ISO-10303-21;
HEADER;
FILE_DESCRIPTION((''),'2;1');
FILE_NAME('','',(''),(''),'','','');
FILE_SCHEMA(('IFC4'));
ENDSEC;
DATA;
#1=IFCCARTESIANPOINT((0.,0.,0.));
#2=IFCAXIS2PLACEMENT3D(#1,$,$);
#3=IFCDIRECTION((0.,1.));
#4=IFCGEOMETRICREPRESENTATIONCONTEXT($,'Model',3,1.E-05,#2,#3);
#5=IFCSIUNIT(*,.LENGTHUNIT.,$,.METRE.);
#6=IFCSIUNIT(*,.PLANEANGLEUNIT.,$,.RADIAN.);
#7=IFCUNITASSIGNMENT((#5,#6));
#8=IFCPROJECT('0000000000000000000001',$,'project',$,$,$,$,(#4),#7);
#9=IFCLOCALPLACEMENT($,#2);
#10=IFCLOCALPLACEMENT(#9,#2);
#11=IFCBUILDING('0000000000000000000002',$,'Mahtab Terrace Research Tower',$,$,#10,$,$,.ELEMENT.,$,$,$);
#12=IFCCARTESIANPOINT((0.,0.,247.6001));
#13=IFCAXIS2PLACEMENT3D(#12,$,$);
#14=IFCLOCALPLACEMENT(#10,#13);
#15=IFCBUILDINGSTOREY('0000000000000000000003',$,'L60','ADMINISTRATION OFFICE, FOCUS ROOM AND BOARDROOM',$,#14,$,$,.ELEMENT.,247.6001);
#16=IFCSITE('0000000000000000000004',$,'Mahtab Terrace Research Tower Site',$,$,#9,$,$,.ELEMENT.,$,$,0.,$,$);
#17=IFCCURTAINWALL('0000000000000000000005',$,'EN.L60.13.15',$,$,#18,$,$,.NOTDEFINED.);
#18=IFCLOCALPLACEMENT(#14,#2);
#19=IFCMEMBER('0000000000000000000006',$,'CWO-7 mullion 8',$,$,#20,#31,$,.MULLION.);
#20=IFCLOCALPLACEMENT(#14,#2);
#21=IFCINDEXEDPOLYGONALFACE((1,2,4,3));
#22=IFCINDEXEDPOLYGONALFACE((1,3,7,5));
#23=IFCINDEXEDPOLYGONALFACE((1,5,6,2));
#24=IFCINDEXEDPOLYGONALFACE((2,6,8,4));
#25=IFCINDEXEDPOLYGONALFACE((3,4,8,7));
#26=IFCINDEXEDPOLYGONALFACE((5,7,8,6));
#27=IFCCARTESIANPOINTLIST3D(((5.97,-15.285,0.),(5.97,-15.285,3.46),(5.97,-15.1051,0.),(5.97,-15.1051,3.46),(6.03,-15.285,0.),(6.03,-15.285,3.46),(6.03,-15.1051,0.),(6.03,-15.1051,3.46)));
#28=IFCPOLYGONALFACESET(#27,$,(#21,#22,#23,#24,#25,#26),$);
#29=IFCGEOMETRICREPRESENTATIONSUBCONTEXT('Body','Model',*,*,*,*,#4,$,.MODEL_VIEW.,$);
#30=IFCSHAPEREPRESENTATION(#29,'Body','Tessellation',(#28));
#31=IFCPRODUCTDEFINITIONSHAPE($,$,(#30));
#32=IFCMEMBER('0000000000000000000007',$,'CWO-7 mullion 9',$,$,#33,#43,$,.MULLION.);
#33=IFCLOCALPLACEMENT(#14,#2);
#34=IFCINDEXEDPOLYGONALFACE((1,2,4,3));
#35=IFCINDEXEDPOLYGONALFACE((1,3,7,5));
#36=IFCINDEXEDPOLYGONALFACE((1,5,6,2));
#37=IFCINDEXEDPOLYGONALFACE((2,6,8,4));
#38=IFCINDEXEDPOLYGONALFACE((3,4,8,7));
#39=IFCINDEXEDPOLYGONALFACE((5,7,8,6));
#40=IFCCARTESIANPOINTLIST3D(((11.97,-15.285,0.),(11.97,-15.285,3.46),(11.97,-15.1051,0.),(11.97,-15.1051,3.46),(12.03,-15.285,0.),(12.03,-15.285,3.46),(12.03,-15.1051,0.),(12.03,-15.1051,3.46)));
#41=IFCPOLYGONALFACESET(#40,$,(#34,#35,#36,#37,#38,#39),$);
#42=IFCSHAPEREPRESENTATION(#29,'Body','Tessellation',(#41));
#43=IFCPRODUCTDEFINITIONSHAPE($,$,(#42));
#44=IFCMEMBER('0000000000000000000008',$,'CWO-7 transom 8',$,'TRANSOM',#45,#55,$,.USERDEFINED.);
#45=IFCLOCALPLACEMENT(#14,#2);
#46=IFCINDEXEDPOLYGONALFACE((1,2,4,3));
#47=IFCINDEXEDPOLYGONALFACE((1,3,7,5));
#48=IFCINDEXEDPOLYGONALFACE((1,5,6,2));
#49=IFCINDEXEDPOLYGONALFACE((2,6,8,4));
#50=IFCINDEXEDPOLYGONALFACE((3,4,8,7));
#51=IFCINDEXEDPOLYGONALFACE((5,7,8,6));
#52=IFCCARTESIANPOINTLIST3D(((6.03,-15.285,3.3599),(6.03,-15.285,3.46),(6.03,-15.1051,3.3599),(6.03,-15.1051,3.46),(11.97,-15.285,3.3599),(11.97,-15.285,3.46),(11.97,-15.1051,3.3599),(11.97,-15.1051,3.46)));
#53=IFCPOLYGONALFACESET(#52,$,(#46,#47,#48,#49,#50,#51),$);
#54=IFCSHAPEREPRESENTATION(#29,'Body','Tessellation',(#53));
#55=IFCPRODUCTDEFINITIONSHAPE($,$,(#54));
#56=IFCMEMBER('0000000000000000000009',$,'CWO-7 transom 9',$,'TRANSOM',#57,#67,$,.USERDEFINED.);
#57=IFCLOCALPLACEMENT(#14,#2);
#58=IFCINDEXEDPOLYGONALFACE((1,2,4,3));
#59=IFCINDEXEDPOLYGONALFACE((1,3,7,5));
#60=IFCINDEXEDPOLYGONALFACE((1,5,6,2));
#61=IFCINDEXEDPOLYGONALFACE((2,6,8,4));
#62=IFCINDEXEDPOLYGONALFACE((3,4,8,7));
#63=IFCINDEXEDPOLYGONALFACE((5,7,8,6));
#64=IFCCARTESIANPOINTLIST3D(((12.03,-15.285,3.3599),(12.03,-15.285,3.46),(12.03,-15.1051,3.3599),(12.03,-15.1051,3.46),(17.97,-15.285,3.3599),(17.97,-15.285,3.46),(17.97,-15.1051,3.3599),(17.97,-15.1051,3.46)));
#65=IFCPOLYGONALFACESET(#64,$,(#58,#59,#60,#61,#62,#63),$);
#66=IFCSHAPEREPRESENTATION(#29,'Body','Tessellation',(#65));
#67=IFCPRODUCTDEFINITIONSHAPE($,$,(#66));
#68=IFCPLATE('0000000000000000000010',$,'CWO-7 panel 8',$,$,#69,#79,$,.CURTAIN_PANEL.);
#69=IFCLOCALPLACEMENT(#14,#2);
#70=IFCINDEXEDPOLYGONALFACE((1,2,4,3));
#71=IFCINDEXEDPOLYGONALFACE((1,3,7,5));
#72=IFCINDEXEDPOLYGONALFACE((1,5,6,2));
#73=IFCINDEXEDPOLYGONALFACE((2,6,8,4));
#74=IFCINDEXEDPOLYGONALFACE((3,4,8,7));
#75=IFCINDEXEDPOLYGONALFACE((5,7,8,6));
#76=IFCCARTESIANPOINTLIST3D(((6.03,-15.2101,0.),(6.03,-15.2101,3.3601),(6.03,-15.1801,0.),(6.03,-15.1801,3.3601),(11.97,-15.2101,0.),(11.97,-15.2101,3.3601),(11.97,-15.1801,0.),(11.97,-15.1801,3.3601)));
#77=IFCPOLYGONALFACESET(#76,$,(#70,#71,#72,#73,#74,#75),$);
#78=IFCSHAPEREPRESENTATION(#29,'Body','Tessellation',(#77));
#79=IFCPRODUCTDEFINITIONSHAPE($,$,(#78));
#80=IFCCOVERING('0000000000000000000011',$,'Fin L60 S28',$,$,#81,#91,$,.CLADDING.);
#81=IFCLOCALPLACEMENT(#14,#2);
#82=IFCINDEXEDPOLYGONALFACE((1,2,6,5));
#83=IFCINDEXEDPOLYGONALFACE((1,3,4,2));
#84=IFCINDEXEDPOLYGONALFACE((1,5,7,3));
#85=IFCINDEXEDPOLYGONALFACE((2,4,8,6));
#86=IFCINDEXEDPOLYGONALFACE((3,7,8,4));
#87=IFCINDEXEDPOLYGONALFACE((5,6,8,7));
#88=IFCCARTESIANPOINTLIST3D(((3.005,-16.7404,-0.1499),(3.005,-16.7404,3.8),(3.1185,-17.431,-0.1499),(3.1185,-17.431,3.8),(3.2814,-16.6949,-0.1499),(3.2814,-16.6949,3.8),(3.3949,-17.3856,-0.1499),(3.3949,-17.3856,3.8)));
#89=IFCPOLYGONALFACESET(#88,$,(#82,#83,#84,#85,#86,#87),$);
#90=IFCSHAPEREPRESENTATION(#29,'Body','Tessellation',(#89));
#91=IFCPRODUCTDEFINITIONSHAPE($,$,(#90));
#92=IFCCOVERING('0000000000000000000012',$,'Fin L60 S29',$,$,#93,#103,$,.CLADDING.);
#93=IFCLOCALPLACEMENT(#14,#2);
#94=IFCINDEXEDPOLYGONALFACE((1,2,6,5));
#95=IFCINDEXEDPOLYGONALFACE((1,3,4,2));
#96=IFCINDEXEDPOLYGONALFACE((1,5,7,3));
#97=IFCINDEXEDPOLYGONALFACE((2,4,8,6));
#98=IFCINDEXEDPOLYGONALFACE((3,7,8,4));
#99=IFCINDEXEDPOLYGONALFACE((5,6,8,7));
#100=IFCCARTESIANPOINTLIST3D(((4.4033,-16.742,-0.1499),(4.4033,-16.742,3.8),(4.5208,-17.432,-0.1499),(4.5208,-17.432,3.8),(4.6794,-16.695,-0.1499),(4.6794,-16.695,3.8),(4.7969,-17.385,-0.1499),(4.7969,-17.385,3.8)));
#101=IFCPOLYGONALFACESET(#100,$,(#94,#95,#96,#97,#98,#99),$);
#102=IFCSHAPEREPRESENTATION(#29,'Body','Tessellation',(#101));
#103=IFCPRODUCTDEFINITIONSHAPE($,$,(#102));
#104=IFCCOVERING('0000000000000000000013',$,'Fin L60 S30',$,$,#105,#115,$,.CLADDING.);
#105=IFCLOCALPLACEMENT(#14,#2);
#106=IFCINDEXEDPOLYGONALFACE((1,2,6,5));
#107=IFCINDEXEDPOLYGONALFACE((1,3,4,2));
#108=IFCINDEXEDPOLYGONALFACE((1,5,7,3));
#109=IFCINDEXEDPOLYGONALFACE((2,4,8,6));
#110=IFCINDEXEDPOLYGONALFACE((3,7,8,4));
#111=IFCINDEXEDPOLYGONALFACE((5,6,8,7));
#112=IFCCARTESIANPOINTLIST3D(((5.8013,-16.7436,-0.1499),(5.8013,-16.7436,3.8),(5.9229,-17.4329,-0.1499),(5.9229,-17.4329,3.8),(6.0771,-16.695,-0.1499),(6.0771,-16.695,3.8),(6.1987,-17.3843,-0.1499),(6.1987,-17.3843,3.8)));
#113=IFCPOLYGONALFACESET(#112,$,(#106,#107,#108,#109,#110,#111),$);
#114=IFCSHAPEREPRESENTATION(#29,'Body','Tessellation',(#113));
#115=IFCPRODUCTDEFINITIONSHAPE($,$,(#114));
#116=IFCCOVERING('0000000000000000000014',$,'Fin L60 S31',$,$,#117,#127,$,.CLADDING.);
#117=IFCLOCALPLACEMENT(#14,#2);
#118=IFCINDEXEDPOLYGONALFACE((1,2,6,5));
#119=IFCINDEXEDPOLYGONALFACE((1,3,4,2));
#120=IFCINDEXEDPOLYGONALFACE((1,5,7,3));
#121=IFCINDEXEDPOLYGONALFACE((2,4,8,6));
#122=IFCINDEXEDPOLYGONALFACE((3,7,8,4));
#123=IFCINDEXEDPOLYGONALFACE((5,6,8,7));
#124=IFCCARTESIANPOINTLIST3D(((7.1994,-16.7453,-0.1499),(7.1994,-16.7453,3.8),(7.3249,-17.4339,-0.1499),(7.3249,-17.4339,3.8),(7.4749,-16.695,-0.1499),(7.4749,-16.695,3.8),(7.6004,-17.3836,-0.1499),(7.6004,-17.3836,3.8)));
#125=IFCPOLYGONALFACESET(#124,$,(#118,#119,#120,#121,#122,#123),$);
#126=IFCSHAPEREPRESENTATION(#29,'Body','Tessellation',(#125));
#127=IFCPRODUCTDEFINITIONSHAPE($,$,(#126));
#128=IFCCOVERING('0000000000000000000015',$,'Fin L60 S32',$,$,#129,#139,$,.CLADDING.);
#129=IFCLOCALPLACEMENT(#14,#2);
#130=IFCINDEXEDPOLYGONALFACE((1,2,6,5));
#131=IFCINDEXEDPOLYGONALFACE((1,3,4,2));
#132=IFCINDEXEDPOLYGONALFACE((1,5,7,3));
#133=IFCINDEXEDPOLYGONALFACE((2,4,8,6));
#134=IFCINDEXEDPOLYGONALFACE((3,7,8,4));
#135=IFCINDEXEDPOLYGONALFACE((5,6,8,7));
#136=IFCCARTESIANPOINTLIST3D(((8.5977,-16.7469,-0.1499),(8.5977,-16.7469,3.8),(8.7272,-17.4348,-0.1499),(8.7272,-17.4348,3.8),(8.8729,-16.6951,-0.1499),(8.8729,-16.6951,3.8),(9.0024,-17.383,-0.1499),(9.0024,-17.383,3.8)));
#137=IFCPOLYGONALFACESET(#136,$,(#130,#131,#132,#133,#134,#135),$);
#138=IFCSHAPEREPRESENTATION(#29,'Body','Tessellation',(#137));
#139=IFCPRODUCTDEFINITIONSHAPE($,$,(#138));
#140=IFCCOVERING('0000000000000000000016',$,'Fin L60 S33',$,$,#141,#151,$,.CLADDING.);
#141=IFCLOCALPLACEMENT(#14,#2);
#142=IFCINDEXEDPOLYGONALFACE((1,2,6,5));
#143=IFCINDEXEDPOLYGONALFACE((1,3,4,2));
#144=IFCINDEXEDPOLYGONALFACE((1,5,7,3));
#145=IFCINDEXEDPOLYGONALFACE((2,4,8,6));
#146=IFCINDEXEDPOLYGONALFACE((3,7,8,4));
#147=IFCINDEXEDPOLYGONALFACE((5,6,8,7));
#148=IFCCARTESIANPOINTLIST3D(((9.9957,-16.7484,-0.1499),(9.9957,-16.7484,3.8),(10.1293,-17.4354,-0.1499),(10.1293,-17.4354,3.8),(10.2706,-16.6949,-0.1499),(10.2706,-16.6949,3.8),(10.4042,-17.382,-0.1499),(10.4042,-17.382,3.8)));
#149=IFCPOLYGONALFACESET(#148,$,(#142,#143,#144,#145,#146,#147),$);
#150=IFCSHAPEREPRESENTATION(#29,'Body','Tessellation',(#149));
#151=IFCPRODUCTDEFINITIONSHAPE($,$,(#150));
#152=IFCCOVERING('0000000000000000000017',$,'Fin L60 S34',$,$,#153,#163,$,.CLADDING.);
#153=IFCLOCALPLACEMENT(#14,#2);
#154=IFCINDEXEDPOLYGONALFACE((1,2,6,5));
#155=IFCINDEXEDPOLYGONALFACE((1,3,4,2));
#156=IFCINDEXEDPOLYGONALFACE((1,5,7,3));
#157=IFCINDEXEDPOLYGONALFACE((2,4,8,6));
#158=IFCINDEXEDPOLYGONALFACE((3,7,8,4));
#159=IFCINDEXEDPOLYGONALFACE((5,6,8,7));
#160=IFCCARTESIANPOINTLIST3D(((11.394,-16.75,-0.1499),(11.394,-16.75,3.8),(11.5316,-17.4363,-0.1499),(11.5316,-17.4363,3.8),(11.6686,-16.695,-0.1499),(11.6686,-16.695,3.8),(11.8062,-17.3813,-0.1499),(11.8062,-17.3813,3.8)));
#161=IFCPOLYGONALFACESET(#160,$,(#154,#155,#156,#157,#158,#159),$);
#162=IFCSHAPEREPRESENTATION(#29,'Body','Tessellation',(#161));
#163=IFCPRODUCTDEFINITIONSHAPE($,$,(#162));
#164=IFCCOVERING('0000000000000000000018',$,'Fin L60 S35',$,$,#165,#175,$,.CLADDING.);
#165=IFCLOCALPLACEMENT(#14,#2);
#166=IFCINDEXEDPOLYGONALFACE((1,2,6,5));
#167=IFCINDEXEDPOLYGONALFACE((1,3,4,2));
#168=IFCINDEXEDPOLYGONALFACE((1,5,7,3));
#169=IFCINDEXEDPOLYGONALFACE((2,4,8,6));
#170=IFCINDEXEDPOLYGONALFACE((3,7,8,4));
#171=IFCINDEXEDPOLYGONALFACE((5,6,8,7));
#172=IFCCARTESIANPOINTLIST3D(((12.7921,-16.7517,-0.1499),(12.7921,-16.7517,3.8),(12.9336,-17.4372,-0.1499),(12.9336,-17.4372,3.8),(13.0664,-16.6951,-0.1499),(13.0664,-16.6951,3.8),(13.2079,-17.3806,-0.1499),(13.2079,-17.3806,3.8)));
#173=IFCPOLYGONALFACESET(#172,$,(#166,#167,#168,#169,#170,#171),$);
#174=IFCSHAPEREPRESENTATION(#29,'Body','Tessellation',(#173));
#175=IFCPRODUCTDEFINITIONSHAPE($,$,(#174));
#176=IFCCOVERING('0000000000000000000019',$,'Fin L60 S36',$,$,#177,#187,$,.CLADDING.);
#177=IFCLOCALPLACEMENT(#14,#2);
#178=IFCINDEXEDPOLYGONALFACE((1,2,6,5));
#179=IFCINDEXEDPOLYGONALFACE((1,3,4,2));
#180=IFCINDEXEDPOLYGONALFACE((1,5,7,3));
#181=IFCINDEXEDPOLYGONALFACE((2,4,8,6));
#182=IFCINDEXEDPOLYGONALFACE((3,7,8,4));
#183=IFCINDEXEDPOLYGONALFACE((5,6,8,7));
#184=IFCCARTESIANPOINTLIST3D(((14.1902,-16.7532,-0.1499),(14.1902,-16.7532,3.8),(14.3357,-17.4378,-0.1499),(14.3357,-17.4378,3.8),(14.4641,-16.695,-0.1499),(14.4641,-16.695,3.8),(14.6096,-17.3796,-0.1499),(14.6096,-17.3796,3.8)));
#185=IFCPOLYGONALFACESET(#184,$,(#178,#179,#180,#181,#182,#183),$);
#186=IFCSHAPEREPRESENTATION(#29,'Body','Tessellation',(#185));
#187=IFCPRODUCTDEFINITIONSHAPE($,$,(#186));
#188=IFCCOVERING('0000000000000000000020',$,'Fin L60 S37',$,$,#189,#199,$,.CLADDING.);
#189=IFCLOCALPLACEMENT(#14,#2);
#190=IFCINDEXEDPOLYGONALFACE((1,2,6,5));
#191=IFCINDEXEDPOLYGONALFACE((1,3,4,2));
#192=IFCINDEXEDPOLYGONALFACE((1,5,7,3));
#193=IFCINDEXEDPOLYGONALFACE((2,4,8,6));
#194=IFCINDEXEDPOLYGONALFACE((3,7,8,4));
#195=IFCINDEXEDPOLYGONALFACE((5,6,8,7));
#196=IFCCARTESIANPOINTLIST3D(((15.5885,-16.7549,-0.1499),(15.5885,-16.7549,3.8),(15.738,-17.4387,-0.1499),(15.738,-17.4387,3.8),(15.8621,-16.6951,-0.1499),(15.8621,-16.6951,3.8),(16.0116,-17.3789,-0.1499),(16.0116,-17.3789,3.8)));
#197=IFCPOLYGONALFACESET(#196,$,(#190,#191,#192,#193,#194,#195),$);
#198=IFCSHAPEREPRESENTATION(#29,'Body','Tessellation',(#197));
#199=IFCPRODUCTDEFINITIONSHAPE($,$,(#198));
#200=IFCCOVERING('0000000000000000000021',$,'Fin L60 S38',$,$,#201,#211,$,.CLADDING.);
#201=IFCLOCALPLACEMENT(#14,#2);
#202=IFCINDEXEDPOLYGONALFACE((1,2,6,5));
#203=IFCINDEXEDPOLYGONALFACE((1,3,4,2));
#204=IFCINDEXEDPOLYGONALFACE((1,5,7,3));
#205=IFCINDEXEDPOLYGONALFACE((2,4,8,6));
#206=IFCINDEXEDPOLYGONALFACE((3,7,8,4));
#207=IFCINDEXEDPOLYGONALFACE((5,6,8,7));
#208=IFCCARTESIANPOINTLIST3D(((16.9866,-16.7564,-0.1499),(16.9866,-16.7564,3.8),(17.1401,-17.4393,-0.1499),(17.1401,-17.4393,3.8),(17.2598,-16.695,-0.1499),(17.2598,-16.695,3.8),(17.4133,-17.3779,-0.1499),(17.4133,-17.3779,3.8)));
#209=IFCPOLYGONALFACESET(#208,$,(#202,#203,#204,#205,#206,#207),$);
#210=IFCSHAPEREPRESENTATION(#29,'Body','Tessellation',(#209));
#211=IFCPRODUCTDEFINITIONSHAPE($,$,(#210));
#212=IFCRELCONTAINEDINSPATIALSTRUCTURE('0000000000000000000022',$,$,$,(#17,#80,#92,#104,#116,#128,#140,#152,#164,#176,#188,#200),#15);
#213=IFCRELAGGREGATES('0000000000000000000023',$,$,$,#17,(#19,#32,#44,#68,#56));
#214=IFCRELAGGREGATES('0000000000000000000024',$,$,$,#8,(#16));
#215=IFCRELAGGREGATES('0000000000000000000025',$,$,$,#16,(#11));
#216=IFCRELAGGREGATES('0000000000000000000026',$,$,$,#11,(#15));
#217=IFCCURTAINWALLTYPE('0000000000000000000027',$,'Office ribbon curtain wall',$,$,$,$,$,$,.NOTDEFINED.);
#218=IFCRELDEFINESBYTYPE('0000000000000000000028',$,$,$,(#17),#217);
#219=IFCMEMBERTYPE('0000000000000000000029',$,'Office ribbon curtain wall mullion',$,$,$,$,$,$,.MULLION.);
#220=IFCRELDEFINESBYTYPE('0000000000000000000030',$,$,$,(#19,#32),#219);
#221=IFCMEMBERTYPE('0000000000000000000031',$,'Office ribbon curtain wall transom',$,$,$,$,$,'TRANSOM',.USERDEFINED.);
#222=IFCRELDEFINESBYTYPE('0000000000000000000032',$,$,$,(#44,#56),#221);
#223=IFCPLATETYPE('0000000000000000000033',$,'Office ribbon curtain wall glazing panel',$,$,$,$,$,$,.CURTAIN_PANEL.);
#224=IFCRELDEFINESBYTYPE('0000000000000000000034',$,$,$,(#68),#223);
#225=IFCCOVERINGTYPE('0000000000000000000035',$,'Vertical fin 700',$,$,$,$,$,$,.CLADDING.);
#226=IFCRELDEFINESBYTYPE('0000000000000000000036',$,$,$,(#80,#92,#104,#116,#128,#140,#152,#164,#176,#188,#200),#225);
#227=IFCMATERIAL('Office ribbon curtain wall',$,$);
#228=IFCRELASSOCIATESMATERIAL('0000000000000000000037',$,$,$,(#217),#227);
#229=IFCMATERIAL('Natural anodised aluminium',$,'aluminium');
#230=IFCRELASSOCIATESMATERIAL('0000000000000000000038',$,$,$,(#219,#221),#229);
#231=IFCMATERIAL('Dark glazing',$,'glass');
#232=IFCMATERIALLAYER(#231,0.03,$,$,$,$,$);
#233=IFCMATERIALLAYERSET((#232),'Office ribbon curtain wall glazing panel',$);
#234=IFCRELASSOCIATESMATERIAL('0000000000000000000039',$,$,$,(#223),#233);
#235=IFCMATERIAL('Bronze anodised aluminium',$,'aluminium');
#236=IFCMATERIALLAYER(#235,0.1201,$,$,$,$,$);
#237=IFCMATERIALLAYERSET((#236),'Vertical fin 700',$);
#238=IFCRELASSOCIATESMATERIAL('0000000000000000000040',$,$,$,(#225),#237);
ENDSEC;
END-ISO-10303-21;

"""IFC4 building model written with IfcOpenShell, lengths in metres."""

from ifc_helpers import new_model, si_unit, direction, frame, origin, origin_2d, place, context, subcontext, project, spatial, rectangle, extrude, material, layer, layer_set, material_profile, profile_set, type_object, element, aggregate, save


model = new_model("IFC4")

# Units and contexts
model_context = context("Model", 3, precision=1e-05, world=origin(), true_north=direction((0.0, 1.0)))
body_context = subcontext(model_context, "Body", "Model", "MODEL_VIEW")
ifc_project = project(units=[si_unit("LENGTHUNIT", "METRE"), si_unit("PLANEANGLEUNIT", "RADIAN")], contexts=[model_context])

# Site, building, storey
site_placement = place(None, origin())
site = spatial("IfcSite", under=ifc_project, at=site_placement, Name="Mahtab Terrace Research Tower Site", CompositionType="ELEMENT", RefElevation=0.0)
building_placement = place(site_placement, origin())
building = spatial("IfcBuilding", under=site, at=building_placement, Name="Mahtab Terrace Research Tower", CompositionType="ELEMENT")
storey_placement = place(building_placement, frame((0.0, 0.0, 247.6001)))
storey = spatial("IfcBuildingStorey", under=building, at=storey_placement, Name="L60", Description="ADMINISTRATION OFFICE, FOCUS ROOM AND BOARDROOM", CompositionType="ELEMENT", Elevation=247.6001)

# Curtain wall, members, plate
ifc_material_1 = material(Name="Office ribbon curtain wall")
curtain_wall_type = type_object("IfcCurtainWallType", Name="Office ribbon curtain wall", PredefinedType="NOTDEFINED", material=ifc_material_1)
curtain_wall_placement = place(storey_placement, origin())
curtain_wall = element("IfcCurtainWall", 1, at=curtain_wall_placement, inside=storey, type_object=curtain_wall_type, Name="EN.L60.13.15", PredefinedType="NOTDEFINED")
ifc_material_2 = material(Name="Natural anodised aluminium", Category="aluminium")
ifc_material_profile_1 = material_profile(ifc_material_2, rectangle(XDim=0.1799, YDim=0.0601, at=origin_2d()), Name="MULLION 60x180")
ifc_profile_set_1 = profile_set([ifc_material_profile_1], Name="Natural anodised aluminium")
member_type_1 = type_object("IfcMemberType", Name="Office ribbon curtain wall mullion", PredefinedType="MULLION", material=ifc_profile_set_1)
member_1_placement = place(storey_placement, frame((6.0, -15.1951, 0.0), z_axis=(0.0, 0.0, 1.0), x_axis=(0.0, 1.0, 0.0)))
member_1 = element("IfcMember", 2, at=member_1_placement, type_object=member_type_1, Name="CWO-7 mullion 8", PredefinedType="MULLION", context=body_context, shape_type="SweptSolid", body=[
    extrude(rectangle(XDim=0.1799, YDim=0.0601, at=origin_2d()), origin(), (0.0, 0.0, 1.0), 3.46),
])
member_2_placement = place(storey_placement, frame((12.0, -15.1951, 0.0), z_axis=(0.0, 0.0, 1.0), x_axis=(0.0, 1.0, 0.0)))
member_2 = element("IfcMember", 3, at=member_2_placement, type_object=member_type_1, Name="CWO-7 mullion 9", PredefinedType="MULLION", context=body_context, shape_type="SweptSolid", body=[
    extrude(rectangle(XDim=0.1799, YDim=0.0601, at=origin_2d()), origin(), (0.0, 0.0, 1.0), 3.46),
])
ifc_material_profile_2 = material_profile(ifc_material_2, rectangle(XDim=0.1799, YDim=0.1001, at=origin_2d()), Name="TRANSOM 100x180")
ifc_profile_set_2 = profile_set([ifc_material_profile_2], Name="Natural anodised aluminium")
member_type_2 = type_object("IfcMemberType", Name="Office ribbon curtain wall transom", ElementType="TRANSOM", PredefinedType="USERDEFINED", material=ifc_profile_set_2)
member_3_placement = place(storey_placement, frame((6.03, -15.1951, 3.4099), z_axis=(1.0, 0.0, 0.0), x_axis=(0.0, 1.0, 0.0)))
member_3 = element("IfcMember", 4, at=member_3_placement, type_object=member_type_2, Name="CWO-7 transom 8", ObjectType="TRANSOM", PredefinedType="USERDEFINED", context=body_context, shape_type="SweptSolid", body=[
    extrude(rectangle(XDim=0.1799, YDim=0.1001, at=origin_2d()), origin(), (0.0, 0.0, 1.0), 5.9399),
])
member_4_placement = place(storey_placement, frame((12.03, -15.1951, 3.4099), z_axis=(1.0, 0.0, 0.0), x_axis=(0.0, 1.0, 0.0)))
member_4 = element("IfcMember", 5, at=member_4_placement, type_object=member_type_2, Name="CWO-7 transom 9", ObjectType="TRANSOM", PredefinedType="USERDEFINED", context=body_context, shape_type="SweptSolid", body=[
    extrude(rectangle(XDim=0.1799, YDim=0.1001, at=origin_2d()), origin(), (0.0, 0.0, 1.0), 5.9399),
])
ifc_material_3 = material(Name="Dark glazing", Category="glass")
ifc_layer_1 = layer(ifc_material_3, 0.03)
ifc_layer_set_1 = layer_set([ifc_layer_1], Name="Office ribbon curtain wall glazing panel")
plate_type = type_object("IfcPlateType", Name="Office ribbon curtain wall glazing panel", PredefinedType="CURTAIN_PANEL", material=ifc_layer_set_1)
plate_placement = place(storey_placement, frame((9.0, -15.1951, 0.0), z_axis=(0.0, 0.0, 1.0), x_axis=(1.0, 0.0, 0.0)))
plate = element("IfcPlate", 6, at=plate_placement, type_object=plate_type, Name="CWO-7 panel 8", PredefinedType="CURTAIN_PANEL", context=body_context, shape_type="SweptSolid", body=[
    extrude(rectangle(XDim=5.9399, YDim=0.03, at=origin_2d()), origin(), (0.0, 0.0, 1.0), 3.3601),
])
aggregate(curtain_wall, [member_1, member_2, member_3, plate, member_4])

# Coverings
ifc_material_4 = material(Name="Bronze anodised aluminium", Category="aluminium")
ifc_layer_2 = layer(ifc_material_4, 0.1201)
ifc_layer_set_2 = layer_set([ifc_layer_2], Name="Vertical fin 700")
covering_type = type_object("IfcCoveringType", Name="Vertical fin 700", PredefinedType="CLADDING", material=ifc_layer_set_2)
for number, where, z_axis, x_axis, name in (
    (7, (3.2, -17.063, -0.1499), (0.0, 0.0, 1.0), (0.986762, 0.162178, 0.0), "Fin L60 S28"),
    (8, (4.6001, -17.0635, -0.1499), (0.0, 0.0, 1.0), (0.985801, 0.167916, 0.0), "Fin L60 S29"),
    (9, (6.0, -17.064, -0.1499), (0.0, 0.0, 1.0), (0.984808, 0.173648, 0.0), "Fin L60 S30"),
    (10, (7.3999, -17.0645, -0.1499), (0.0, 0.0, 1.0), (0.983781, 0.179375, 0.0), "Fin L60 S31"),
    (11, (8.8, -17.0649, -0.1499), (0.0, 0.0, 1.0), (0.982721, 0.185095, 0.0), "Fin L60 S32"),
    (12, (10.2, -17.0652, -0.1499), (0.0, 0.0, 1.0), (0.981627, 0.190809, 0.0), "Fin L60 S33"),
    (13, (11.6001, -17.0657, -0.1499), (0.0, 0.0, 1.0), (0.9805, 0.196517, 0.0), "Fin L60 S34"),
    (14, (13.0, -17.0662, -0.1499), (0.0, 0.0, 1.0), (0.979341, 0.202218, 0.0), "Fin L60 S35"),
    (15, (14.3999, -17.0664, -0.1499), (0.0, 0.0, 1.0), (0.978148, 0.207912, 0.0), "Fin L60 S36"),
    (16, (15.8, -17.0669, -0.1499), (0.0, 0.0, 1.0), (0.976921, 0.213599, 0.0), "Fin L60 S37"),
    (17, (17.2, -17.0671, -0.1499), (0.0, 0.0, 1.0), (0.975662, 0.219279, 0.0), "Fin L60 S38"),
):
    element("IfcCovering", number, at=place(storey_placement, frame(where, z_axis=z_axis, x_axis=x_axis)), inside=storey, type_object=covering_type, Name=name, PredefinedType="CLADDING", context=body_context, shape_type="SweptSolid", body=[
        extrude(rectangle(XDim=0.28, YDim=0.7, at=origin_2d()), origin(), (0.0, 0.0, 1.0), 3.95),
    ])

save(model, "model.ifc")
